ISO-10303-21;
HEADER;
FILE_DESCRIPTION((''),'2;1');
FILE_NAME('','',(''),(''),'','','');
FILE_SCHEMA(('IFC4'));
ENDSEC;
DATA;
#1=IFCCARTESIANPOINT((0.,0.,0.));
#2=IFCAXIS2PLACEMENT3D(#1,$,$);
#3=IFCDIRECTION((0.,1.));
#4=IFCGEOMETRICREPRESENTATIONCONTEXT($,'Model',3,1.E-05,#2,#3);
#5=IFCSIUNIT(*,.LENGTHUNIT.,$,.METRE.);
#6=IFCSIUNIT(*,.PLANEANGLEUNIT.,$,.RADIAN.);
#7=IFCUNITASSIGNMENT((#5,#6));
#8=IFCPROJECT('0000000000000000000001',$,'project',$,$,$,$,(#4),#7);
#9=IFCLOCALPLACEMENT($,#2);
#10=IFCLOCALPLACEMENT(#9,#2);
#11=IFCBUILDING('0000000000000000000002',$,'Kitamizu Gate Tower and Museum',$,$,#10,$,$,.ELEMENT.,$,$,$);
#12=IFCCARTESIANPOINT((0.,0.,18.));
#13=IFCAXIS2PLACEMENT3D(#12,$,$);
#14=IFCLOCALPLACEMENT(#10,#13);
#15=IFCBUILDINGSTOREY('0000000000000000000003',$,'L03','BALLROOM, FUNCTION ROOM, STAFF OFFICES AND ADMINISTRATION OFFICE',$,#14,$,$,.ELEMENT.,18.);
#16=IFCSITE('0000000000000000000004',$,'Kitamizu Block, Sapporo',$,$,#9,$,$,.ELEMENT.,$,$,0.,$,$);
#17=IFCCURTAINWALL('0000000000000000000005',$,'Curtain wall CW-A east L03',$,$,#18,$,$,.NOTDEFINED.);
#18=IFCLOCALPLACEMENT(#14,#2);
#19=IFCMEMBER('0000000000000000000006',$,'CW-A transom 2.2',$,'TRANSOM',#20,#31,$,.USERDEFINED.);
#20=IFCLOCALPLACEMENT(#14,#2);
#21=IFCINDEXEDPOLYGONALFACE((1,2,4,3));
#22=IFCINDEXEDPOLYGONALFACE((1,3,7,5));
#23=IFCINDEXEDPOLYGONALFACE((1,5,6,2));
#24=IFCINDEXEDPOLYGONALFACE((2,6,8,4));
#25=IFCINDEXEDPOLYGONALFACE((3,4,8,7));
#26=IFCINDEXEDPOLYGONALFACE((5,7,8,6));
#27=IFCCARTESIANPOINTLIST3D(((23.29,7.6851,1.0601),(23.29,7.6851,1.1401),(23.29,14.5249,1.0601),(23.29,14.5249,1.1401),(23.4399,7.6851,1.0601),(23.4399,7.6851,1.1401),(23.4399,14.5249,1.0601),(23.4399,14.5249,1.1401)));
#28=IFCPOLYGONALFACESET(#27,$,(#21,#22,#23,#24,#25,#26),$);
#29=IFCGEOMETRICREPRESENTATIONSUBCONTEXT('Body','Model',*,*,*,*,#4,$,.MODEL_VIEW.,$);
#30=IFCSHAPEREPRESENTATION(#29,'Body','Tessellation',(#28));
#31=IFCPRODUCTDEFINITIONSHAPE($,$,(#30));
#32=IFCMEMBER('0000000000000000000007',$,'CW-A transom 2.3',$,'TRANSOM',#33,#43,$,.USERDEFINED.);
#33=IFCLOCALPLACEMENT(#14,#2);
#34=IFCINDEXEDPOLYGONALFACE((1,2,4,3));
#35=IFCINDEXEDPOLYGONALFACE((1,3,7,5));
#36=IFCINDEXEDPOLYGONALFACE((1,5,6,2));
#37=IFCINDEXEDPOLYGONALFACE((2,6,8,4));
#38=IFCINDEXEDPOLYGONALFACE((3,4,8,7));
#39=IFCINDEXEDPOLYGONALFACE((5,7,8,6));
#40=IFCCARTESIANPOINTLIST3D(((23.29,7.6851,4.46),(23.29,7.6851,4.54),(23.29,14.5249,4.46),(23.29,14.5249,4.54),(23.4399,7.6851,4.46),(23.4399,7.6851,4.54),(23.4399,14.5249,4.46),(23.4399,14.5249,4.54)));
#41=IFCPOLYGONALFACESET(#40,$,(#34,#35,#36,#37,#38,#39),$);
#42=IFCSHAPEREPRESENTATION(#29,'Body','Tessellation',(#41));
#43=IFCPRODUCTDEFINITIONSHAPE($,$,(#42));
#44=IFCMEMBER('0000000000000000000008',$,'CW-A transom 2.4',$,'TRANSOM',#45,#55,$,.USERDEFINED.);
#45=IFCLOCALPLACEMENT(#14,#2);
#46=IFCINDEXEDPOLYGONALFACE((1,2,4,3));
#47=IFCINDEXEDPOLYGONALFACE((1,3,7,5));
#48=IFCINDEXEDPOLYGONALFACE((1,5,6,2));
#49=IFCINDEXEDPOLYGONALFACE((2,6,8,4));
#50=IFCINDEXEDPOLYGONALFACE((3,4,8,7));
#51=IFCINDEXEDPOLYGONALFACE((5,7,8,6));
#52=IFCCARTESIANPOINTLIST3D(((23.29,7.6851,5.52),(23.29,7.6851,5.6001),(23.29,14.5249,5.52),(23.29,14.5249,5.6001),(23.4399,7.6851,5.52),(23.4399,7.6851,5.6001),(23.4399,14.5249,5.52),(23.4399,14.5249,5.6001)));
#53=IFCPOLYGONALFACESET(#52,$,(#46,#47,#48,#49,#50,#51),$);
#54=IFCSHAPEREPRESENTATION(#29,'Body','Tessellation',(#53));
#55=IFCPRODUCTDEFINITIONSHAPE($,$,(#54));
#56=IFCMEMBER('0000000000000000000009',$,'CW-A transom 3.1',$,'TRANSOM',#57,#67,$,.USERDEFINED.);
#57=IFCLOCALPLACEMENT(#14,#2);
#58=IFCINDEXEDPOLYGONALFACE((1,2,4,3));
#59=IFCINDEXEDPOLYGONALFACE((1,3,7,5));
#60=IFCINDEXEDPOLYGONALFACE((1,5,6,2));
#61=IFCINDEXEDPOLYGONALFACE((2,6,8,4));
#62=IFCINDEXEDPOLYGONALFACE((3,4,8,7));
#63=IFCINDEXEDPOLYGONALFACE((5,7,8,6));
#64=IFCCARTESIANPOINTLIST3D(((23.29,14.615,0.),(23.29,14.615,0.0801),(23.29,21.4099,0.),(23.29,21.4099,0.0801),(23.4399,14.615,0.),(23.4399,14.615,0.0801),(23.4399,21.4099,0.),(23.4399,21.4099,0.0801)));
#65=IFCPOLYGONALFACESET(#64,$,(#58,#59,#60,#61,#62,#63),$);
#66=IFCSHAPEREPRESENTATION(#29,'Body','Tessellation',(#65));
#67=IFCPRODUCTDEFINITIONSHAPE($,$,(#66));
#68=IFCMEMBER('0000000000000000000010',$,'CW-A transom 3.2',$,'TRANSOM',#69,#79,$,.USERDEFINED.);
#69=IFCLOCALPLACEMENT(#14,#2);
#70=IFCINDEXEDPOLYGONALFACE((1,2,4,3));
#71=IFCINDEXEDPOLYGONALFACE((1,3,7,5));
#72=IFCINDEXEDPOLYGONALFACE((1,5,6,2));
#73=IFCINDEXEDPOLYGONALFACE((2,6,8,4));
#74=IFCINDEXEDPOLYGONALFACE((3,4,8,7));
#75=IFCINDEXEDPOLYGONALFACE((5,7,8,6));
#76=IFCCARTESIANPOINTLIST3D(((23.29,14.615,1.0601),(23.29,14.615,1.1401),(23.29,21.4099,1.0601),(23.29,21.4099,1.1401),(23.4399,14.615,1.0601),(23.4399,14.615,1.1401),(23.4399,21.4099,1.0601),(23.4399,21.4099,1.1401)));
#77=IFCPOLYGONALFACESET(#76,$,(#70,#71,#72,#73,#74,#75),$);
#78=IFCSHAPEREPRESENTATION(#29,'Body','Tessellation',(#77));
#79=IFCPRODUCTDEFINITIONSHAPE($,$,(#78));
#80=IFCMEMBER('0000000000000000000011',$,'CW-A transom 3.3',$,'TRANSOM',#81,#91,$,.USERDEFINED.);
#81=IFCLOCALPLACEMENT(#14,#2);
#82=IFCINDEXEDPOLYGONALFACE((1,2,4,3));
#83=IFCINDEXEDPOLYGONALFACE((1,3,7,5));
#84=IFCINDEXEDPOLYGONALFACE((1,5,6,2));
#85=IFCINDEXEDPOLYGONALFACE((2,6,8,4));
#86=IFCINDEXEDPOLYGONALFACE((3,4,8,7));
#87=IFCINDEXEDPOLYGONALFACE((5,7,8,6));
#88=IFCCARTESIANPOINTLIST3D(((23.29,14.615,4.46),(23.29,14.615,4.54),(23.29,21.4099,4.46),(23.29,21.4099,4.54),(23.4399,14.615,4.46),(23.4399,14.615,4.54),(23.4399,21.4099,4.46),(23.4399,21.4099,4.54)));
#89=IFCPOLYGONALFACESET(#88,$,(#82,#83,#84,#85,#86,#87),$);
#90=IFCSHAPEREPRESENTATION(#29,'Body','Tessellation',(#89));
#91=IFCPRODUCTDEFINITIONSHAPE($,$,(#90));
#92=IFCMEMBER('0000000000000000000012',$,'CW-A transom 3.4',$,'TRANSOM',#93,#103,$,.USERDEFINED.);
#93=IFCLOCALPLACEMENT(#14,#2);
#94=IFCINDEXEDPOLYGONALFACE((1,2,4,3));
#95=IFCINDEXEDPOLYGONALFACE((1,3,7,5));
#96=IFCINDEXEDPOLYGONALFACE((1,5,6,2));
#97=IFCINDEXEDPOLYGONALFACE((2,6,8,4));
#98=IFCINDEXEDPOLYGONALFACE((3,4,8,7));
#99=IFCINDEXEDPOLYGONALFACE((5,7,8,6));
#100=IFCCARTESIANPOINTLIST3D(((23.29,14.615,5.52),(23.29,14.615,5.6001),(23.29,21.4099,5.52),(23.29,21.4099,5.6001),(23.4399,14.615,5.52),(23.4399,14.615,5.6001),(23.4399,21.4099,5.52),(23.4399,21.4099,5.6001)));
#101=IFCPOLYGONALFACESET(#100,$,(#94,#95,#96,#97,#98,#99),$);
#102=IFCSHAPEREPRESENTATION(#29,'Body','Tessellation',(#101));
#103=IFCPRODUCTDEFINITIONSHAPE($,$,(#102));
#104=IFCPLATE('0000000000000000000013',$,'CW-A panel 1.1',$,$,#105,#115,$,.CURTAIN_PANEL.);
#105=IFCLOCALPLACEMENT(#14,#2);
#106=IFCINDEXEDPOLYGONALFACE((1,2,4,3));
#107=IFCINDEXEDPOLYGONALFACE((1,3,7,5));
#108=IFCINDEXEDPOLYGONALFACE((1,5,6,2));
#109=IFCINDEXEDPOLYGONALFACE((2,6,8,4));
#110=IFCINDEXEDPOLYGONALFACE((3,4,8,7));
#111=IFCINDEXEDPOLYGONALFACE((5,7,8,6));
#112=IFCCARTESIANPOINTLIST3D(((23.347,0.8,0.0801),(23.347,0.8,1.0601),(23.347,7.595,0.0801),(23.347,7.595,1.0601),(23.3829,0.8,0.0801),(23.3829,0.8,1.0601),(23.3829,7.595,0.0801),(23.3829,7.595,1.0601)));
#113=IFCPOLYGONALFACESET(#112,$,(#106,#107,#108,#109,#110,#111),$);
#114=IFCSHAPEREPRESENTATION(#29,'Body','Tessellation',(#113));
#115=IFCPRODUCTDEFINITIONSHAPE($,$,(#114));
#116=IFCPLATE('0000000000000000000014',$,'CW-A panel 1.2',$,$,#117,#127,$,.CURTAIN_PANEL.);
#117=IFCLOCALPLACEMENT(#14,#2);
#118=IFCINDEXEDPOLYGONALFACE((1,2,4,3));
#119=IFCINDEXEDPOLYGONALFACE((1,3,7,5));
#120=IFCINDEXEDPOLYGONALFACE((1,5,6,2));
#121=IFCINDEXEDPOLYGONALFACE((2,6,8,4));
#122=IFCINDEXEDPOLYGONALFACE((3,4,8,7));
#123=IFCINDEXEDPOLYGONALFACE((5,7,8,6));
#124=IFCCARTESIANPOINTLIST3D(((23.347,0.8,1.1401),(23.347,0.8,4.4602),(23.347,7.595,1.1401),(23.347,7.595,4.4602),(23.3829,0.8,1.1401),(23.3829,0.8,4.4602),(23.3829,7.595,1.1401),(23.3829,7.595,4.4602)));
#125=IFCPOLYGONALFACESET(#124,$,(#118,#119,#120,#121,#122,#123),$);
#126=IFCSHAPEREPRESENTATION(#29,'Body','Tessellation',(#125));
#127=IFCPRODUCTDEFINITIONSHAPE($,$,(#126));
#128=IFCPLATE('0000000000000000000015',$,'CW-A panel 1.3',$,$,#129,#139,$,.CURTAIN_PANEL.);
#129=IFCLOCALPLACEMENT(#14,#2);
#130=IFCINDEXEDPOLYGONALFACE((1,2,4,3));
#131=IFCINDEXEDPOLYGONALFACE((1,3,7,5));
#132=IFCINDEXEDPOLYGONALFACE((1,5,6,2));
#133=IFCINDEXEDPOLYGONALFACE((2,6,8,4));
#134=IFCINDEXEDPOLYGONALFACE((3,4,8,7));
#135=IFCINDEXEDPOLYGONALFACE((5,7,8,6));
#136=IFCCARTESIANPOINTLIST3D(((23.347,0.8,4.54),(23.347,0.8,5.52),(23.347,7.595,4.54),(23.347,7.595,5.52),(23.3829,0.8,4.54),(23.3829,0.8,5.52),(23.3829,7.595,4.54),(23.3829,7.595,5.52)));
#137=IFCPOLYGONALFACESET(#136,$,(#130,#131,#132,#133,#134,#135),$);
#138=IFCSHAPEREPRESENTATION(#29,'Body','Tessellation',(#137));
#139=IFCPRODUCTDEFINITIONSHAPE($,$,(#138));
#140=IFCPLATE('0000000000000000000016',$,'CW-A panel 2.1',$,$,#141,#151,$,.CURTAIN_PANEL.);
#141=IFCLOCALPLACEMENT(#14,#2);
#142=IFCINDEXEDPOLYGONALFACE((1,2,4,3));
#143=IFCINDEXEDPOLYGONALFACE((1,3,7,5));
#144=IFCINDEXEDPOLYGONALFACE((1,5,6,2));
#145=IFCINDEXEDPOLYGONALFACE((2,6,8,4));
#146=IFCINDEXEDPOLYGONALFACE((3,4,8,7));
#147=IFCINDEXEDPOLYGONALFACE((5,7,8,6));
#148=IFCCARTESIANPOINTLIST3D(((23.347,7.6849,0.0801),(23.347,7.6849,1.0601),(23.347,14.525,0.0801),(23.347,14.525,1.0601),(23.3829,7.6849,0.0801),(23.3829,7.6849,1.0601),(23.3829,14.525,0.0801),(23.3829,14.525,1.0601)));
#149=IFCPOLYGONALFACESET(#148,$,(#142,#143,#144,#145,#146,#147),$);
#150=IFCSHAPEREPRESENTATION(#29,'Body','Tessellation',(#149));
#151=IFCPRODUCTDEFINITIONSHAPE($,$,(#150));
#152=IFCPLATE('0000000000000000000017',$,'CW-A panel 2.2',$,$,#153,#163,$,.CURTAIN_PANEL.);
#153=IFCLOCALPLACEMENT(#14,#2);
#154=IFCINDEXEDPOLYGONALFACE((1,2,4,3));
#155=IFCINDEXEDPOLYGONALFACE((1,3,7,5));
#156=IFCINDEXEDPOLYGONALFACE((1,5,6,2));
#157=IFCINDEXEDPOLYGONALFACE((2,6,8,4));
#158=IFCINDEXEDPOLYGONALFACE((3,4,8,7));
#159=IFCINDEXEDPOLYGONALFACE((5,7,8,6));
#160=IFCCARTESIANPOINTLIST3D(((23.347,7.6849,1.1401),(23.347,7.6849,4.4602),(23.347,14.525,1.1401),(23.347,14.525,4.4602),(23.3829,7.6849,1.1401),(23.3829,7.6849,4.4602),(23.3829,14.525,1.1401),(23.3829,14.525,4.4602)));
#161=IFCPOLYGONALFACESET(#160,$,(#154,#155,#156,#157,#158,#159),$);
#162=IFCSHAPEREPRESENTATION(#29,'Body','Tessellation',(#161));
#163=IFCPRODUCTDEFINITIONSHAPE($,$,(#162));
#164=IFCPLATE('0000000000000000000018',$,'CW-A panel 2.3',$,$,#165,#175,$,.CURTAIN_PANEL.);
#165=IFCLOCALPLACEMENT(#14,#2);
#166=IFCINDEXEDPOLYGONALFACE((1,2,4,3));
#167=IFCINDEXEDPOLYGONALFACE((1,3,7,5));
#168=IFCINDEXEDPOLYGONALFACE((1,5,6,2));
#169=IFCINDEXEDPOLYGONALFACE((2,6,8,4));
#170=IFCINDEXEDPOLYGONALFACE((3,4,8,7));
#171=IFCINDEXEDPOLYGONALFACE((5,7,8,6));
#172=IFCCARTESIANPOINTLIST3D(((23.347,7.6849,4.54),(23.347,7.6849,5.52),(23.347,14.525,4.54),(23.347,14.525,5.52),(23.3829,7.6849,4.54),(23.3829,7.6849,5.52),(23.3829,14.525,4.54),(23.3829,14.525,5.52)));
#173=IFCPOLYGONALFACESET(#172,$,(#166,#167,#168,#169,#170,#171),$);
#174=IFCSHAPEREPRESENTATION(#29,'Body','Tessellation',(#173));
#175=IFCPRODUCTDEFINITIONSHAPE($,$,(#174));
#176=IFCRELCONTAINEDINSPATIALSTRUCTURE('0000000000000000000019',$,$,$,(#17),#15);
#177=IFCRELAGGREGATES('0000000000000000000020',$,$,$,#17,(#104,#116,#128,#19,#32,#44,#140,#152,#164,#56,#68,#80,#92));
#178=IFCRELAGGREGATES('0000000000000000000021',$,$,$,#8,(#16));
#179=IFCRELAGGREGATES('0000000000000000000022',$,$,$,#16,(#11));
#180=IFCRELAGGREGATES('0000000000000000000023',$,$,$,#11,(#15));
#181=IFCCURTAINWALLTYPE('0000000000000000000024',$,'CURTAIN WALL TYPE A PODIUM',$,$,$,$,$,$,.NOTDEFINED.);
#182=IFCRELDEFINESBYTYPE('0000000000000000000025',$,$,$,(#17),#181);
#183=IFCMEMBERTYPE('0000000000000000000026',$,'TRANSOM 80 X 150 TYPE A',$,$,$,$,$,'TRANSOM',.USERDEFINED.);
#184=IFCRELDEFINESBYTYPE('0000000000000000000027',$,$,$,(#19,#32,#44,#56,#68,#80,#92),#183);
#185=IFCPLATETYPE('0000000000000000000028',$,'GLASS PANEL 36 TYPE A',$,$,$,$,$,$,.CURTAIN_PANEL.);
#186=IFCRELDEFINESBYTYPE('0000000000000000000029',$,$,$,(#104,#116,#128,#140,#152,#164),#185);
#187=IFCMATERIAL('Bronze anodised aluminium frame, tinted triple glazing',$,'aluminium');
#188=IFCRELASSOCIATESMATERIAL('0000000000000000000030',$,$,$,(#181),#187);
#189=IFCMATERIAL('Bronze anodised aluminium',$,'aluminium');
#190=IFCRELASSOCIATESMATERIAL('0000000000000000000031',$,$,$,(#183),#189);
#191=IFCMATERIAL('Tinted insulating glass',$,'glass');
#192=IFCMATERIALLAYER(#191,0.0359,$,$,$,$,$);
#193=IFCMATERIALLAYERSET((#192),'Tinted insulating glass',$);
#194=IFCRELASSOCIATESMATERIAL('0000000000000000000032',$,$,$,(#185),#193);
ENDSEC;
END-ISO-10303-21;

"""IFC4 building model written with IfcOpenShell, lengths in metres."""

from ifc_helpers import new_model, si_unit, direction, frame, origin, origin_2d, place, context, subcontext, project, spatial, rectangle, extrude, material, layer, layer_set, material_profile, profile_set, type_object, element, aggregate, save


model = new_model("IFC4")

# Units and contexts
model_context = context("Model", 3, precision=1e-05, world=origin(), true_north=direction((0.0, 1.0)))
body_context = subcontext(model_context, "Body", "Model", "MODEL_VIEW")
ifc_project = project(units=[si_unit("LENGTHUNIT", "METRE"), si_unit("PLANEANGLEUNIT", "RADIAN")], contexts=[model_context])

# Site, building, storey
site_placement = place(None, origin())
site = spatial("IfcSite", under=ifc_project, at=site_placement, Name="Kitamizu Block, Sapporo", CompositionType="ELEMENT", RefElevation=0.0)
building_placement = place(site_placement, origin())
building = spatial("IfcBuilding", under=site, at=building_placement, Name="Kitamizu Gate Tower and Museum", CompositionType="ELEMENT")
storey_placement = place(building_placement, frame((0.0, 0.0, 18.0)))
storey = spatial("IfcBuildingStorey", under=building, at=storey_placement, Name="L03", Description="BALLROOM, FUNCTION ROOM, STAFF OFFICES AND ADMINISTRATION OFFICE", CompositionType="ELEMENT", Elevation=18.0)

# Curtain wall, members, plates
ifc_material_1 = material(Name="Bronze anodised aluminium frame, tinted triple glazing", Category="aluminium")
curtain_wall_type = type_object("IfcCurtainWallType", Name="CURTAIN WALL TYPE A PODIUM", PredefinedType="NOTDEFINED", material=ifc_material_1)
curtain_wall_placement = place(storey_placement, origin())
curtain_wall = element("IfcCurtainWall", 1, at=curtain_wall_placement, inside=storey, type_object=curtain_wall_type, Name="Curtain wall CW-A east L03", PredefinedType="NOTDEFINED")
ifc_material_2 = material(Name="Bronze anodised aluminium", Category="aluminium")
ifc_material_profile_1 = material_profile(ifc_material_2, rectangle(XDim=0.1499, YDim=0.0801, at=origin_2d()), Name="AL 80X150")
ifc_profile_set_1 = profile_set([ifc_material_profile_1], Name="Bronze anodised aluminium")
member_type_1 = type_object("IfcMemberType", Name="TRANSOM 80 X 150 TYPE A", ElementType="TRANSOM", PredefinedType="USERDEFINED", material=ifc_profile_set_1)
member_1_placement = place(storey_placement, frame((23.365, 7.6851, 1.1001), z_axis=(0.0, 1.0, 0.0), x_axis=(-1.0, 0.0, 0.0)))
member_1 = element("IfcMember", 2, at=member_1_placement, type_object=member_type_1, Name="CW-A transom 2.2", ObjectType="TRANSOM", PredefinedType="USERDEFINED", context=body_context, shape_type="SweptSolid", body=[
    extrude(rectangle(XDim=0.1499, YDim=0.0801, at=origin_2d()), origin(), (0.0, 0.0, 1.0), 6.8398),
])
member_2_placement = place(storey_placement, frame((23.365, 7.6851, 4.5), z_axis=(0.0, 1.0, 0.0), x_axis=(-1.0, 0.0, 0.0)))
member_2 = element("IfcMember", 3, at=member_2_placement, type_object=member_type_1, Name="CW-A transom 2.3", ObjectType="TRANSOM", PredefinedType="USERDEFINED", context=body_context, shape_type="SweptSolid", body=[
    extrude(rectangle(XDim=0.1499, YDim=0.0801, at=origin_2d()), origin(), (0.0, 0.0, 1.0), 6.8398),
])
member_3_placement = place(storey_placement, frame((23.365, 7.6851, 5.5601), z_axis=(0.0, 1.0, 0.0), x_axis=(-1.0, 0.0, 0.0)))
member_3 = element("IfcMember", 4, at=member_3_placement, type_object=member_type_1, Name="CW-A transom 2.4", ObjectType="TRANSOM", PredefinedType="USERDEFINED", context=body_context, shape_type="SweptSolid", body=[
    extrude(rectangle(XDim=0.1499, YDim=0.0801, at=origin_2d()), origin(), (0.0, 0.0, 1.0), 6.8398),
])
member_4_placement = place(storey_placement, frame((23.365, 14.615, 0.04), z_axis=(0.0, 1.0, 0.0), x_axis=(-1.0, 0.0, 0.0)))
member_4 = element("IfcMember", 5, at=member_4_placement, type_object=member_type_1, Name="CW-A transom 3.1", ObjectType="TRANSOM", PredefinedType="USERDEFINED", context=body_context, shape_type="SweptSolid", body=[
    extrude(rectangle(XDim=0.1499, YDim=0.0801, at=origin_2d()), origin(), (0.0, 0.0, 1.0), 6.7949),
])
member_5_placement = place(storey_placement, frame((23.365, 14.615, 1.1001), z_axis=(0.0, 1.0, 0.0), x_axis=(-1.0, 0.0, 0.0)))
member_5 = element("IfcMember", 6, at=member_5_placement, type_object=member_type_1, Name="CW-A transom 3.2", ObjectType="TRANSOM", PredefinedType="USERDEFINED", context=body_context, shape_type="SweptSolid", body=[
    extrude(rectangle(XDim=0.1499, YDim=0.0801, at=origin_2d()), origin(), (0.0, 0.0, 1.0), 6.7949),
])
member_6_placement = place(storey_placement, frame((23.365, 14.615, 4.5), z_axis=(0.0, 1.0, 0.0), x_axis=(-1.0, 0.0, 0.0)))
member_6 = element("IfcMember", 7, at=member_6_placement, type_object=member_type_1, Name="CW-A transom 3.3", ObjectType="TRANSOM", PredefinedType="USERDEFINED", context=body_context, shape_type="SweptSolid", body=[
    extrude(rectangle(XDim=0.1499, YDim=0.0801, at=origin_2d()), origin(), (0.0, 0.0, 1.0), 6.7949),
])
member_7_placement = place(storey_placement, frame((23.365, 14.615, 5.5601), z_axis=(0.0, 1.0, 0.0), x_axis=(-1.0, 0.0, 0.0)))
member_7 = element("IfcMember", 8, at=member_7_placement, type_object=member_type_1, Name="CW-A transom 3.4", ObjectType="TRANSOM", PredefinedType="USERDEFINED", context=body_context, shape_type="SweptSolid", body=[
    extrude(rectangle(XDim=0.1499, YDim=0.0801, at=origin_2d()), origin(), (0.0, 0.0, 1.0), 6.7949),
])
ifc_material_3 = material(Name="Tinted insulating glass", Category="glass")
ifc_layer_1 = layer(ifc_material_3, 0.0359)
ifc_layer_set_1 = layer_set([ifc_layer_1], Name="Tinted insulating glass")
plate_type = type_object("IfcPlateType", Name="GLASS PANEL 36 TYPE A", PredefinedType="CURTAIN_PANEL", material=ifc_layer_set_1)
plate_1_placement = place(storey_placement, frame((23.365, 4.1975, 0.0801), z_axis=(0.0, 0.0, 1.0), x_axis=(0.0, 1.0, 0.0)))
plate_1 = element("IfcPlate", 9, at=plate_1_placement, type_object=plate_type, Name="CW-A panel 1.1", PredefinedType="CURTAIN_PANEL", context=body_context, shape_type="SweptSolid", body=[
    extrude(rectangle(XDim=6.7949, YDim=0.0359, at=origin_2d()), origin(), (0.0, 0.0, 1.0), 0.98),
])
plate_2_placement = place(storey_placement, frame((23.365, 4.1975, 1.1401), z_axis=(0.0, 0.0, 1.0), x_axis=(0.0, 1.0, 0.0)))
plate_2 = element("IfcPlate", 10, at=plate_2_placement, type_object=plate_type, Name="CW-A panel 1.2", PredefinedType="CURTAIN_PANEL", context=body_context, shape_type="SweptSolid", body=[
    extrude(rectangle(XDim=6.7949, YDim=0.0359, at=origin_2d()), origin(), (0.0, 0.0, 1.0), 3.3201),
])
plate_3_placement = place(storey_placement, frame((23.365, 4.1975, 4.54), z_axis=(0.0, 0.0, 1.0), x_axis=(0.0, 1.0, 0.0)))
plate_3 = element("IfcPlate", 11, at=plate_3_placement, type_object=plate_type, Name="CW-A panel 1.3", PredefinedType="CURTAIN_PANEL", context=body_context, shape_type="SweptSolid", body=[
    extrude(rectangle(XDim=6.7949, YDim=0.0359, at=origin_2d()), origin(), (0.0, 0.0, 1.0), 0.98),
])
plate_4_placement = place(storey_placement, frame((23.365, 11.105, 0.0801), z_axis=(0.0, 0.0, 1.0), x_axis=(0.0, 1.0, 0.0)))
plate_4 = element("IfcPlate", 12, at=plate_4_placement, type_object=plate_type, Name="CW-A panel 2.1", PredefinedType="CURTAIN_PANEL", context=body_context, shape_type="SweptSolid", body=[
    extrude(rectangle(XDim=6.8401, YDim=0.0359, at=origin_2d()), origin(), (0.0, 0.0, 1.0), 0.98),
])
plate_5_placement = place(storey_placement, frame((23.365, 11.105, 1.1401), z_axis=(0.0, 0.0, 1.0), x_axis=(0.0, 1.0, 0.0)))
plate_5 = element("IfcPlate", 13, at=plate_5_placement, type_object=plate_type, Name="CW-A panel 2.2", PredefinedType="CURTAIN_PANEL", context=body_context, shape_type="SweptSolid", body=[
    extrude(rectangle(XDim=6.8401, YDim=0.0359, at=origin_2d()), origin(), (0.0, 0.0, 1.0), 3.3201),
])
plate_6_placement = place(storey_placement, frame((23.365, 11.105, 4.54), z_axis=(0.0, 0.0, 1.0), x_axis=(0.0, 1.0, 0.0)))
plate_6 = element("IfcPlate", 14, at=plate_6_placement, type_object=plate_type, Name="CW-A panel 2.3", PredefinedType="CURTAIN_PANEL", context=body_context, shape_type="SweptSolid", body=[
    extrude(rectangle(XDim=6.8401, YDim=0.0359, at=origin_2d()), origin(), (0.0, 0.0, 1.0), 0.98),
])
aggregate(curtain_wall, [plate_1, plate_2, plate_3, member_1, member_2, member_3, plate_4, plate_5, plate_6, member_4, member_5, member_6, member_7])

save(model, "model.ifc")
